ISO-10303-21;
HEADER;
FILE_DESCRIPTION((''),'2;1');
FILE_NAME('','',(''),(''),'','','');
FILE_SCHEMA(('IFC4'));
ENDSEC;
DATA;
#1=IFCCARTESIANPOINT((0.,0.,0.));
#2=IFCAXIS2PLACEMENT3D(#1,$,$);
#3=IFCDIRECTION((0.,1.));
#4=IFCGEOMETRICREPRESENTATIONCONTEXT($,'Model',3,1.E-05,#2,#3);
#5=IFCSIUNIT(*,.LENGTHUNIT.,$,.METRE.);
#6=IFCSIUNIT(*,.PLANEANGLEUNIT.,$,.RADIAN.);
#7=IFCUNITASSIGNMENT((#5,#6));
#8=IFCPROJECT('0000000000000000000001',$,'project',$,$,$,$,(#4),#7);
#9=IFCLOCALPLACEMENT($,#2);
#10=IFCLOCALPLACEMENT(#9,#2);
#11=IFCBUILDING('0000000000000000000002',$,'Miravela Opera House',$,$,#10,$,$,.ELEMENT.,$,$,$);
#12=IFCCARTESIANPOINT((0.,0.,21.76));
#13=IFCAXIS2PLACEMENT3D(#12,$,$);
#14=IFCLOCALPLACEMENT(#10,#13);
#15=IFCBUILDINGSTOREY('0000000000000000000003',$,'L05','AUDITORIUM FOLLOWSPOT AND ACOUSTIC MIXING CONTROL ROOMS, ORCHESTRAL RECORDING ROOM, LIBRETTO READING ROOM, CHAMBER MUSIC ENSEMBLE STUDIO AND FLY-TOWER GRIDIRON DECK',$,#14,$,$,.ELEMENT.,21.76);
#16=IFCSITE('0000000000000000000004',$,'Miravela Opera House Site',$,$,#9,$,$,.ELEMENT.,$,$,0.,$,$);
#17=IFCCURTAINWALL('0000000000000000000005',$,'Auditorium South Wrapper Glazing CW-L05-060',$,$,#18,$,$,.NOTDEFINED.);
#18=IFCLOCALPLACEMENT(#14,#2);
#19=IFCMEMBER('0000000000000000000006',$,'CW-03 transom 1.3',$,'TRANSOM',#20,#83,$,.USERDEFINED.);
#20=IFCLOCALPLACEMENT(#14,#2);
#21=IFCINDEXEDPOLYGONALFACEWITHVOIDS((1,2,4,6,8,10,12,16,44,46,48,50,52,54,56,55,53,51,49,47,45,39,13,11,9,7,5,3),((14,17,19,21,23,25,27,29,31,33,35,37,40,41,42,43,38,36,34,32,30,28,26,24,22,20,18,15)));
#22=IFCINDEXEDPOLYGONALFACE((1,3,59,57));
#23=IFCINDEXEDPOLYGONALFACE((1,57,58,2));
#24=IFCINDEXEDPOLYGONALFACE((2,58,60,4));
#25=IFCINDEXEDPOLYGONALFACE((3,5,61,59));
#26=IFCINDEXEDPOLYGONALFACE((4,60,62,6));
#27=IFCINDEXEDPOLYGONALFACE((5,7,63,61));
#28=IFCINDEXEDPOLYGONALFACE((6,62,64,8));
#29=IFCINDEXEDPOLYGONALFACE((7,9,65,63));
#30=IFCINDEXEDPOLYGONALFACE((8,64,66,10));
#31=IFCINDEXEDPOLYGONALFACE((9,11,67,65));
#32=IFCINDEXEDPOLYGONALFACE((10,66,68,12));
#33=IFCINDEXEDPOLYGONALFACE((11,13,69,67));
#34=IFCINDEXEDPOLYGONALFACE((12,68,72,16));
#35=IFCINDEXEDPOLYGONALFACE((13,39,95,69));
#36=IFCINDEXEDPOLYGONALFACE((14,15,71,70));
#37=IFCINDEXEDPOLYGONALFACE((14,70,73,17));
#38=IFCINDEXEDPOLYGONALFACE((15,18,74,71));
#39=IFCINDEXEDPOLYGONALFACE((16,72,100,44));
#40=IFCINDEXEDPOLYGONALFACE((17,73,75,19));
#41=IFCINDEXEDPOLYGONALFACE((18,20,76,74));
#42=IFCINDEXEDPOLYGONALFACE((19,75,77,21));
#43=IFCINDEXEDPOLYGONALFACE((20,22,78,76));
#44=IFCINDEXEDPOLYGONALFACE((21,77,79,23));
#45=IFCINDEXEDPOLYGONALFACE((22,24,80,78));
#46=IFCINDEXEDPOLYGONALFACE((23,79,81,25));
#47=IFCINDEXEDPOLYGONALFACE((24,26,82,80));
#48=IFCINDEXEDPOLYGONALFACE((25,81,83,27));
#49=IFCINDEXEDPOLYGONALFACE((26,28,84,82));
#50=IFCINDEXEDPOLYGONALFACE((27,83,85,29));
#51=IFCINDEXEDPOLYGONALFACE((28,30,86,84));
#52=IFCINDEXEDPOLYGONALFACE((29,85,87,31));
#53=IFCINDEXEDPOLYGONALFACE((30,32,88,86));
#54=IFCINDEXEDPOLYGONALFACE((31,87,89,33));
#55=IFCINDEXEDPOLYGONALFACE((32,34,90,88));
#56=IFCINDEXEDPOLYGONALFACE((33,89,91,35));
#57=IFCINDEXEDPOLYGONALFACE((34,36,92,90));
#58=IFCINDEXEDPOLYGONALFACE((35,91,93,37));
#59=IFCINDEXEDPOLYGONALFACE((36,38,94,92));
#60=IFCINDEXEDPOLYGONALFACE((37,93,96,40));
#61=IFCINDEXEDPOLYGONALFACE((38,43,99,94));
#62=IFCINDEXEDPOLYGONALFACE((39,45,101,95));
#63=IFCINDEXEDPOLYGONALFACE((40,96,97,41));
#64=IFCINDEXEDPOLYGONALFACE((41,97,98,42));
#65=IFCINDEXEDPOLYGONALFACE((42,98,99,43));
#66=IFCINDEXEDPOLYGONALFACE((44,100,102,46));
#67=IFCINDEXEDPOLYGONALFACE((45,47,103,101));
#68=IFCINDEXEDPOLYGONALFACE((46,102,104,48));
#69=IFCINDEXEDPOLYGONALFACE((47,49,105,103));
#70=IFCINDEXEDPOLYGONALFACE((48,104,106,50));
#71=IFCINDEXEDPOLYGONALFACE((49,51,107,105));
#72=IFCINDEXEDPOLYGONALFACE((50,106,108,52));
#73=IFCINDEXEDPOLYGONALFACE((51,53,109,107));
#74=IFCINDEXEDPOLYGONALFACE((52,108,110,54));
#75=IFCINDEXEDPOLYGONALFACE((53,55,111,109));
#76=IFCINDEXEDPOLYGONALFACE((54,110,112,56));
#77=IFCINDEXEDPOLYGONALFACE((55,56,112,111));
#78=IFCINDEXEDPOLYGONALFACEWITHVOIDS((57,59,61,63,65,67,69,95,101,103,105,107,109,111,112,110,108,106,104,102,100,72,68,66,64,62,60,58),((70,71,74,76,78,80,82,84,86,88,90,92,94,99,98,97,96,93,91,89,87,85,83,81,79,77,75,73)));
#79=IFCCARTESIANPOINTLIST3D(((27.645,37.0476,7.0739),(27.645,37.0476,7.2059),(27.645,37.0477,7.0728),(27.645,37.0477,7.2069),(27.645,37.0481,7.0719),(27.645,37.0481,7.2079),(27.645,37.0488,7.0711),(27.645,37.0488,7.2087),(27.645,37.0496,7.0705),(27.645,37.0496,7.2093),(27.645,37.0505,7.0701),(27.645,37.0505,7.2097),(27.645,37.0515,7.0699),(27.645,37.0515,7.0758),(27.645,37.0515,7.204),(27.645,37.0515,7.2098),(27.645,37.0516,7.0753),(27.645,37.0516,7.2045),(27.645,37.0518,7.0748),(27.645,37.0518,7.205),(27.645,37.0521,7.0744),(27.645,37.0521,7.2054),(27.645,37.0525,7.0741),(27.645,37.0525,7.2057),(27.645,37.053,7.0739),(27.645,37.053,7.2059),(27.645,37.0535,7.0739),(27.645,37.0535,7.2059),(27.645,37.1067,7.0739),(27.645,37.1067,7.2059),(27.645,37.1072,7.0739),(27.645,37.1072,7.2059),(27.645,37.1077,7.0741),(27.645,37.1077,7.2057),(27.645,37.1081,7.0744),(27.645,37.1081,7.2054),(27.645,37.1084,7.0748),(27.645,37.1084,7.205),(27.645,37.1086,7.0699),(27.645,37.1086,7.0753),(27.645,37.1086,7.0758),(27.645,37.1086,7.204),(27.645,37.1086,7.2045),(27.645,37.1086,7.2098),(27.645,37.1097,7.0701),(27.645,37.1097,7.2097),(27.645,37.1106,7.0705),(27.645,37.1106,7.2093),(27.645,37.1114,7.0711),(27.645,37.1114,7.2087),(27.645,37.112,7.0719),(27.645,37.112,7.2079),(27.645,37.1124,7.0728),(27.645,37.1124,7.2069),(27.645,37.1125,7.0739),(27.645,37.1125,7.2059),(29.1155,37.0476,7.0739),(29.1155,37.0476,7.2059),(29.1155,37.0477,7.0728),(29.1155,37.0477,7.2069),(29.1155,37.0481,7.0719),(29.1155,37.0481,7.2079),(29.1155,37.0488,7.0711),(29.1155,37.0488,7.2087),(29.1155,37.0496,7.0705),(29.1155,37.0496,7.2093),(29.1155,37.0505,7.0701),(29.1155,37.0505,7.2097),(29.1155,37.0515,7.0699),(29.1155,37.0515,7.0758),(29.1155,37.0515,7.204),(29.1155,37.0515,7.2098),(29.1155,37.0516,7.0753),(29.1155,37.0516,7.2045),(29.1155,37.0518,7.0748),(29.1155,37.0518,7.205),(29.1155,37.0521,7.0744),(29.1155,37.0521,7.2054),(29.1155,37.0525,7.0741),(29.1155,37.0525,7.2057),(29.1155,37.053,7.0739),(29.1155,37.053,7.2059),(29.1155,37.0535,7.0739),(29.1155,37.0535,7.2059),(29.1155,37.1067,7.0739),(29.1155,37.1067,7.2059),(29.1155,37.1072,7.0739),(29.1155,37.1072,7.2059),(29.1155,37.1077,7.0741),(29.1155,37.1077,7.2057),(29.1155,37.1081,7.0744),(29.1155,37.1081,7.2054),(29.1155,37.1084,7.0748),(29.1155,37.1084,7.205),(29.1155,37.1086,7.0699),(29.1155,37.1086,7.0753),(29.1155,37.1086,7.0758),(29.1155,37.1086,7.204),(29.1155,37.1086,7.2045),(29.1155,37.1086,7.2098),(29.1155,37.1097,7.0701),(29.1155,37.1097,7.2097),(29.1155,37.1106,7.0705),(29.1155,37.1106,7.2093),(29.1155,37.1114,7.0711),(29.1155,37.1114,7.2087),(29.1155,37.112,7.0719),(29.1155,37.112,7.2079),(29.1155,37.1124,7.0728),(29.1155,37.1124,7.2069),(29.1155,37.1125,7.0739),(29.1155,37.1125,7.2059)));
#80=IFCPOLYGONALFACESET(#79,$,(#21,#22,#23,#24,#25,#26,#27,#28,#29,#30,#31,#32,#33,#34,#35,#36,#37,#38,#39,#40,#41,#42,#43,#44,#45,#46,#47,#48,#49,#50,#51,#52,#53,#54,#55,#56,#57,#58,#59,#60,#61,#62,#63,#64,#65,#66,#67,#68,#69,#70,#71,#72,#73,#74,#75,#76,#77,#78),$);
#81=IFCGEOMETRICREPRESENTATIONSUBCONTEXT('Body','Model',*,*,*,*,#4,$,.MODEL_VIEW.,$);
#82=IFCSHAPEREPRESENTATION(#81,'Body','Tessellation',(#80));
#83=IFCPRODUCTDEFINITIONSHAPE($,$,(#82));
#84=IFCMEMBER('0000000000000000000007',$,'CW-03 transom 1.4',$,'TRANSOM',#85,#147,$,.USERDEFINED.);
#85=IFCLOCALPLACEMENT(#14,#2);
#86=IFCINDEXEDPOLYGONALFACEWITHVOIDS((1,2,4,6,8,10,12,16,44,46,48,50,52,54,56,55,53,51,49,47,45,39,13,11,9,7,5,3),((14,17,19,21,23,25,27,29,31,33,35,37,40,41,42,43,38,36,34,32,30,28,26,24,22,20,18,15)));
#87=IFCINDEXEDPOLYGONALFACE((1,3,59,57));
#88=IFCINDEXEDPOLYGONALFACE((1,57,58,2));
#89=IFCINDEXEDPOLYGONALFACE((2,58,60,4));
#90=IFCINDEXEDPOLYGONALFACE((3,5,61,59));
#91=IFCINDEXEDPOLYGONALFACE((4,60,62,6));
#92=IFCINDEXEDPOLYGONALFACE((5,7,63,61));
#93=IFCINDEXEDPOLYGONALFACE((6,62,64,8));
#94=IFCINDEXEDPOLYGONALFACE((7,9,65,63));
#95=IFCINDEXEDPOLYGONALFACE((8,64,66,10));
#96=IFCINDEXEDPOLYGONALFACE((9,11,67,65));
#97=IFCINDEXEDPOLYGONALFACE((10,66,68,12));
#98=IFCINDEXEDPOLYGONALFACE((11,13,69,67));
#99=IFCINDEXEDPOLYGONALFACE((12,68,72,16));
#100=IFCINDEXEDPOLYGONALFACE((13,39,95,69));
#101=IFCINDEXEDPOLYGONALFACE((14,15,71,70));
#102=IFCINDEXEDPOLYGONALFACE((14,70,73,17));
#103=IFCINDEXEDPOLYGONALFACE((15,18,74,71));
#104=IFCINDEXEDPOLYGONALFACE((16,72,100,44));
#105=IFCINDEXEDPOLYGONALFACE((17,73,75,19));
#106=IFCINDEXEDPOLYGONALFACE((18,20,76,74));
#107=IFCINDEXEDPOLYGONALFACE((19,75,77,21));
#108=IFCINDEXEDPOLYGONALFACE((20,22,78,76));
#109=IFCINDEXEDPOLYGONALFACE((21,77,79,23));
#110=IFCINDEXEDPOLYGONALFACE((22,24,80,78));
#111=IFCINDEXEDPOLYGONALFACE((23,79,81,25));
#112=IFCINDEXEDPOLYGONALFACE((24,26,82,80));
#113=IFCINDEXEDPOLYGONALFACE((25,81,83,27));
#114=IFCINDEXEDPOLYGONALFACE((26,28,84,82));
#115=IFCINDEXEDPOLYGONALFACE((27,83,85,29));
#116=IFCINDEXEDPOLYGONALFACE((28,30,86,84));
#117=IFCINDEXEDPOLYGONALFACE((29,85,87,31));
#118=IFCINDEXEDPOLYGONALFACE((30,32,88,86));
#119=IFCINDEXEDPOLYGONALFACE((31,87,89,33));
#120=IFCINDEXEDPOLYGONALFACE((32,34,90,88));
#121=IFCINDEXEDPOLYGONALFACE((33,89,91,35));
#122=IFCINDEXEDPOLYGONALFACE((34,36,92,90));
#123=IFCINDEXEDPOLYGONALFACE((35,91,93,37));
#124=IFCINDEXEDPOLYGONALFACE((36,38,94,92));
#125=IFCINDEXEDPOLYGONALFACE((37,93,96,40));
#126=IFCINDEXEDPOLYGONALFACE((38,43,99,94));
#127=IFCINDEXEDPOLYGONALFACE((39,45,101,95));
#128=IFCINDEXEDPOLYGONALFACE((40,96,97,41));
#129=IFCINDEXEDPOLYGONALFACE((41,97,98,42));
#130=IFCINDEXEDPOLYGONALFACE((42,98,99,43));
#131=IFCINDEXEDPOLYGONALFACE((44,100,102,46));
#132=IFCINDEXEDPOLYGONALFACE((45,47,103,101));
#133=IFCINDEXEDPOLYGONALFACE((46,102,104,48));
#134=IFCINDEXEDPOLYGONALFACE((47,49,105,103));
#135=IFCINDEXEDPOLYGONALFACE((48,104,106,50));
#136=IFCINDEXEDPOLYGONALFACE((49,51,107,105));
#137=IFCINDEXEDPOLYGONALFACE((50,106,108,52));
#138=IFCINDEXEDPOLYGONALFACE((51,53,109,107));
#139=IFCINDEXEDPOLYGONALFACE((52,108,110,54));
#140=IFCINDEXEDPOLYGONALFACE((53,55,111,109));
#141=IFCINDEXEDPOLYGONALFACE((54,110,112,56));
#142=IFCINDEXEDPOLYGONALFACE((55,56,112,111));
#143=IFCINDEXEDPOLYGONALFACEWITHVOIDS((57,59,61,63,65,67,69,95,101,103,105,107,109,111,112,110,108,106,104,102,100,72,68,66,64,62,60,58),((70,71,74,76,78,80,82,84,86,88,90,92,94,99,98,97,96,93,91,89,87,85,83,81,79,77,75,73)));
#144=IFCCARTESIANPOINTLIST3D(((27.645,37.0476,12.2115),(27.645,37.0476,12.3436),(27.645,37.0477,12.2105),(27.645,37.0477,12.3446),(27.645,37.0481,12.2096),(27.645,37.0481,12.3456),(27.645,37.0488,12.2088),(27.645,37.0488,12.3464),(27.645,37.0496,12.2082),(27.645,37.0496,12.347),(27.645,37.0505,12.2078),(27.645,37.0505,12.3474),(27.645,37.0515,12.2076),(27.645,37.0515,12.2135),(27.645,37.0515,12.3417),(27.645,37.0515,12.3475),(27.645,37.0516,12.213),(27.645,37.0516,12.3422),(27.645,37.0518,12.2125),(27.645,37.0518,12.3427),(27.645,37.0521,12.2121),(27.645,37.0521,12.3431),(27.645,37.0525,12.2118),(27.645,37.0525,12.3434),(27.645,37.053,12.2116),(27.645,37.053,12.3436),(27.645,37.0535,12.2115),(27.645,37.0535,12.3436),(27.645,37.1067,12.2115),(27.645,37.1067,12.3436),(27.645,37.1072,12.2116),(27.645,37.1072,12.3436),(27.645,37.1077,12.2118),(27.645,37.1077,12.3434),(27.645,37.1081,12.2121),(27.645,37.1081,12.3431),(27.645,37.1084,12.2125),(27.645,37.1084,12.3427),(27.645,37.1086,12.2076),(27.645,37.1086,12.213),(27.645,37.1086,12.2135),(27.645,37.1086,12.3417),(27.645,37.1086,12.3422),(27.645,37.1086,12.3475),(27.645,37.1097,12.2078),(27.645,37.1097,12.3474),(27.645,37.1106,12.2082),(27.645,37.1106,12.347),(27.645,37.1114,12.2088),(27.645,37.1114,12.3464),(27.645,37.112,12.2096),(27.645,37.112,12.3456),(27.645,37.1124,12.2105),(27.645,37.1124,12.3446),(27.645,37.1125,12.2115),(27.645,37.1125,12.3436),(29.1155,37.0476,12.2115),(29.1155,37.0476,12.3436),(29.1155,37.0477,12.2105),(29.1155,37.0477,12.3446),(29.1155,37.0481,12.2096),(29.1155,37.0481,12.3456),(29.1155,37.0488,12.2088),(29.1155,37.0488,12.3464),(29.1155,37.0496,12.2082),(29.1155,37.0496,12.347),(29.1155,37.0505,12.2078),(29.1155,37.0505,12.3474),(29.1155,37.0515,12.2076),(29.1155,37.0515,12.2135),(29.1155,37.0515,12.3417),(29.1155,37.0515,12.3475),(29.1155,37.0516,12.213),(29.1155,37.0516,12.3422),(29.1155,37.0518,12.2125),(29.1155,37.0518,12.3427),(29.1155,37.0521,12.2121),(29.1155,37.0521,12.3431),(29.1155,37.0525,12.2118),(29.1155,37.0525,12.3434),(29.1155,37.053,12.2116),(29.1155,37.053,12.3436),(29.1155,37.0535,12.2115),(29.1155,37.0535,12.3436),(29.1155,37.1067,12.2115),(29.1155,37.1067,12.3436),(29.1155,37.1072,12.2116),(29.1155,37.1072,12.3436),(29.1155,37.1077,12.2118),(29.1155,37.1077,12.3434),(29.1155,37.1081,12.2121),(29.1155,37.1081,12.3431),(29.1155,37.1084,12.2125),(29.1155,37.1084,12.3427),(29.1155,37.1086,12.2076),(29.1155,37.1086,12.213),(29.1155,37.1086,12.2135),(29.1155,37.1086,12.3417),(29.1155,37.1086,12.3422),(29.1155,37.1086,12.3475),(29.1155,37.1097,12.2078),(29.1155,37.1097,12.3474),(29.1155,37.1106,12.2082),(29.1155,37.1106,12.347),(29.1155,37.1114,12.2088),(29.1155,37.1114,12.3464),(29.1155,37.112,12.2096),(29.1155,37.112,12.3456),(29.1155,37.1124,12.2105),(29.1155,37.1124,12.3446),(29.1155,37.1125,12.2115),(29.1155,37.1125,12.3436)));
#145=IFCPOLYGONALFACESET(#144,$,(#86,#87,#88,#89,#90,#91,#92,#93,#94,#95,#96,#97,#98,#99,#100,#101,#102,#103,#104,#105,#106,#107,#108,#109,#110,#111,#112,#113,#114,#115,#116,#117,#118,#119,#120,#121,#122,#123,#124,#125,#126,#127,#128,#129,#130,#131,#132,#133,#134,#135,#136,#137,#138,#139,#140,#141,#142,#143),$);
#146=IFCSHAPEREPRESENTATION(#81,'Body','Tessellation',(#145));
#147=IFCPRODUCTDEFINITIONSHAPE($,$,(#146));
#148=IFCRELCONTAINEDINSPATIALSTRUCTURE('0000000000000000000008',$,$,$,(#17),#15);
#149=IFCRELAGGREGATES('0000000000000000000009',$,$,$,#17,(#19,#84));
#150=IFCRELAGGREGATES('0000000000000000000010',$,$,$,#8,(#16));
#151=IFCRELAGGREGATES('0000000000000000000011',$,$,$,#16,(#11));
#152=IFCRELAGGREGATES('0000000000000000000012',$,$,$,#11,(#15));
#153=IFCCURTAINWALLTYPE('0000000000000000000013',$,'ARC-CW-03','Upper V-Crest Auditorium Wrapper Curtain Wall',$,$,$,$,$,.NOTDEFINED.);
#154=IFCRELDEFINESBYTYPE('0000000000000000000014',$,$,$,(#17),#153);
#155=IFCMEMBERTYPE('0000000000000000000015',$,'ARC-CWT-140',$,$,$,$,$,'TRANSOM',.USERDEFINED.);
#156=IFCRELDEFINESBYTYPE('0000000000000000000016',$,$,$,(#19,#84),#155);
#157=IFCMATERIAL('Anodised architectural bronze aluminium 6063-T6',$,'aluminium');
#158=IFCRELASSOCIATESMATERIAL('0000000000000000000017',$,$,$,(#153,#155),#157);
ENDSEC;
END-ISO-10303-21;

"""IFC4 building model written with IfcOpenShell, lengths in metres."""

from ifc_helpers import new_model, si_unit, direction, frame, origin, origin_2d, place, context, subcontext, project, spatial, hollow_rectangle, extrude, material, material_profile, profile_set, type_object, element, aggregate, save


model = new_model("IFC4")

# Units and contexts
model_context = context("Model", 3, precision=1e-05, world=origin(), true_north=direction((0.0, 1.0)))
body_context = subcontext(model_context, "Body", "Model", "MODEL_VIEW")
ifc_project = project(units=[si_unit("LENGTHUNIT", "METRE"), si_unit("PLANEANGLEUNIT", "RADIAN")], contexts=[model_context])

# Site, building, storey
site_placement = place(None, origin())
site = spatial("IfcSite", under=ifc_project, at=site_placement, Name="Miravela Opera House Site", CompositionType="ELEMENT", RefElevation=0.0)
building_placement = place(site_placement, origin())
building = spatial("IfcBuilding", under=site, at=building_placement, Name="Miravela Opera House", CompositionType="ELEMENT")
storey_placement = place(building_placement, frame((0.0, 0.0, 21.76)))
storey = spatial("IfcBuildingStorey", under=building, at=storey_placement, Name="L05", Description="AUDITORIUM FOLLOWSPOT AND ACOUSTIC MIXING CONTROL ROOMS, ORCHESTRAL RECORDING ROOM, LIBRETTO READING ROOM, CHAMBER MUSIC ENSEMBLE STUDIO AND FLY-TOWER GRIDIRON DECK", CompositionType="ELEMENT", Elevation=21.76)

# Curtain wall, members
ifc_material_1 = material(Name="Anodised architectural bronze aluminium 6063-T6", Category="aluminium")
curtain_wall_type = type_object("IfcCurtainWallType", Name="ARC-CW-03", Description="Upper V-Crest Auditorium Wrapper Curtain Wall", PredefinedType="NOTDEFINED", material=ifc_material_1)
curtain_wall_placement = place(storey_placement, origin())
curtain_wall = element("IfcCurtainWall", 1, at=curtain_wall_placement, inside=storey, type_object=curtain_wall_type, Name="Auditorium South Wrapper Glazing CW-L05-060", PredefinedType="NOTDEFINED")
ifc_material_profile_1 = material_profile(ifc_material_1, hollow_rectangle(XDim=0.0649, YDim=0.1399, WallThickness=0.0039, InnerFilletRadius=0.002, OuterFilletRadius=0.0039, at=origin_2d()), Name="CWT-65X140")
ifc_profile_set_1 = profile_set([ifc_material_profile_1])
member_type_1 = type_object("IfcMemberType", Name="ARC-CWT-140", ElementType="TRANSOM", PredefinedType="USERDEFINED", material=ifc_profile_set_1)
member_1_placement = place(storey_placement, frame((27.645, 37.0801, 7.1399), z_axis=(1.0, 0.0, 0.0), x_axis=(0.0, 1.0, 0.0)))
member_1 = element("IfcMember", 2, at=member_1_placement, type_object=member_type_1, Name="CW-03 transom 1.3", ObjectType="TRANSOM", PredefinedType="USERDEFINED", context=body_context, shape_type="SweptSolid", body=[
    extrude(hollow_rectangle(XDim=0.0649, YDim=0.1399, WallThickness=0.0039, InnerFilletRadius=0.002, OuterFilletRadius=0.0039, at=origin_2d()), origin(), (0.0, 0.0, 1.0), 1.4705),
])
member_2_placement = place(storey_placement, frame((27.645, 37.0801, 12.2776), z_axis=(1.0, 0.0, 0.0), x_axis=(0.0, 1.0, 0.0)))
member_2 = element("IfcMember", 3, at=member_2_placement, type_object=member_type_1, Name="CW-03 transom 1.4", ObjectType="TRANSOM", PredefinedType="USERDEFINED", context=body_context, shape_type="SweptSolid", body=[
    extrude(hollow_rectangle(XDim=0.0649, YDim=0.1399, WallThickness=0.0039, InnerFilletRadius=0.002, OuterFilletRadius=0.0039, at=origin_2d()), origin(), (0.0, 0.0, 1.0), 1.4705),
])

aggregate(curtain_wall, [member_1, member_2])

save(model, "model.ifc")
